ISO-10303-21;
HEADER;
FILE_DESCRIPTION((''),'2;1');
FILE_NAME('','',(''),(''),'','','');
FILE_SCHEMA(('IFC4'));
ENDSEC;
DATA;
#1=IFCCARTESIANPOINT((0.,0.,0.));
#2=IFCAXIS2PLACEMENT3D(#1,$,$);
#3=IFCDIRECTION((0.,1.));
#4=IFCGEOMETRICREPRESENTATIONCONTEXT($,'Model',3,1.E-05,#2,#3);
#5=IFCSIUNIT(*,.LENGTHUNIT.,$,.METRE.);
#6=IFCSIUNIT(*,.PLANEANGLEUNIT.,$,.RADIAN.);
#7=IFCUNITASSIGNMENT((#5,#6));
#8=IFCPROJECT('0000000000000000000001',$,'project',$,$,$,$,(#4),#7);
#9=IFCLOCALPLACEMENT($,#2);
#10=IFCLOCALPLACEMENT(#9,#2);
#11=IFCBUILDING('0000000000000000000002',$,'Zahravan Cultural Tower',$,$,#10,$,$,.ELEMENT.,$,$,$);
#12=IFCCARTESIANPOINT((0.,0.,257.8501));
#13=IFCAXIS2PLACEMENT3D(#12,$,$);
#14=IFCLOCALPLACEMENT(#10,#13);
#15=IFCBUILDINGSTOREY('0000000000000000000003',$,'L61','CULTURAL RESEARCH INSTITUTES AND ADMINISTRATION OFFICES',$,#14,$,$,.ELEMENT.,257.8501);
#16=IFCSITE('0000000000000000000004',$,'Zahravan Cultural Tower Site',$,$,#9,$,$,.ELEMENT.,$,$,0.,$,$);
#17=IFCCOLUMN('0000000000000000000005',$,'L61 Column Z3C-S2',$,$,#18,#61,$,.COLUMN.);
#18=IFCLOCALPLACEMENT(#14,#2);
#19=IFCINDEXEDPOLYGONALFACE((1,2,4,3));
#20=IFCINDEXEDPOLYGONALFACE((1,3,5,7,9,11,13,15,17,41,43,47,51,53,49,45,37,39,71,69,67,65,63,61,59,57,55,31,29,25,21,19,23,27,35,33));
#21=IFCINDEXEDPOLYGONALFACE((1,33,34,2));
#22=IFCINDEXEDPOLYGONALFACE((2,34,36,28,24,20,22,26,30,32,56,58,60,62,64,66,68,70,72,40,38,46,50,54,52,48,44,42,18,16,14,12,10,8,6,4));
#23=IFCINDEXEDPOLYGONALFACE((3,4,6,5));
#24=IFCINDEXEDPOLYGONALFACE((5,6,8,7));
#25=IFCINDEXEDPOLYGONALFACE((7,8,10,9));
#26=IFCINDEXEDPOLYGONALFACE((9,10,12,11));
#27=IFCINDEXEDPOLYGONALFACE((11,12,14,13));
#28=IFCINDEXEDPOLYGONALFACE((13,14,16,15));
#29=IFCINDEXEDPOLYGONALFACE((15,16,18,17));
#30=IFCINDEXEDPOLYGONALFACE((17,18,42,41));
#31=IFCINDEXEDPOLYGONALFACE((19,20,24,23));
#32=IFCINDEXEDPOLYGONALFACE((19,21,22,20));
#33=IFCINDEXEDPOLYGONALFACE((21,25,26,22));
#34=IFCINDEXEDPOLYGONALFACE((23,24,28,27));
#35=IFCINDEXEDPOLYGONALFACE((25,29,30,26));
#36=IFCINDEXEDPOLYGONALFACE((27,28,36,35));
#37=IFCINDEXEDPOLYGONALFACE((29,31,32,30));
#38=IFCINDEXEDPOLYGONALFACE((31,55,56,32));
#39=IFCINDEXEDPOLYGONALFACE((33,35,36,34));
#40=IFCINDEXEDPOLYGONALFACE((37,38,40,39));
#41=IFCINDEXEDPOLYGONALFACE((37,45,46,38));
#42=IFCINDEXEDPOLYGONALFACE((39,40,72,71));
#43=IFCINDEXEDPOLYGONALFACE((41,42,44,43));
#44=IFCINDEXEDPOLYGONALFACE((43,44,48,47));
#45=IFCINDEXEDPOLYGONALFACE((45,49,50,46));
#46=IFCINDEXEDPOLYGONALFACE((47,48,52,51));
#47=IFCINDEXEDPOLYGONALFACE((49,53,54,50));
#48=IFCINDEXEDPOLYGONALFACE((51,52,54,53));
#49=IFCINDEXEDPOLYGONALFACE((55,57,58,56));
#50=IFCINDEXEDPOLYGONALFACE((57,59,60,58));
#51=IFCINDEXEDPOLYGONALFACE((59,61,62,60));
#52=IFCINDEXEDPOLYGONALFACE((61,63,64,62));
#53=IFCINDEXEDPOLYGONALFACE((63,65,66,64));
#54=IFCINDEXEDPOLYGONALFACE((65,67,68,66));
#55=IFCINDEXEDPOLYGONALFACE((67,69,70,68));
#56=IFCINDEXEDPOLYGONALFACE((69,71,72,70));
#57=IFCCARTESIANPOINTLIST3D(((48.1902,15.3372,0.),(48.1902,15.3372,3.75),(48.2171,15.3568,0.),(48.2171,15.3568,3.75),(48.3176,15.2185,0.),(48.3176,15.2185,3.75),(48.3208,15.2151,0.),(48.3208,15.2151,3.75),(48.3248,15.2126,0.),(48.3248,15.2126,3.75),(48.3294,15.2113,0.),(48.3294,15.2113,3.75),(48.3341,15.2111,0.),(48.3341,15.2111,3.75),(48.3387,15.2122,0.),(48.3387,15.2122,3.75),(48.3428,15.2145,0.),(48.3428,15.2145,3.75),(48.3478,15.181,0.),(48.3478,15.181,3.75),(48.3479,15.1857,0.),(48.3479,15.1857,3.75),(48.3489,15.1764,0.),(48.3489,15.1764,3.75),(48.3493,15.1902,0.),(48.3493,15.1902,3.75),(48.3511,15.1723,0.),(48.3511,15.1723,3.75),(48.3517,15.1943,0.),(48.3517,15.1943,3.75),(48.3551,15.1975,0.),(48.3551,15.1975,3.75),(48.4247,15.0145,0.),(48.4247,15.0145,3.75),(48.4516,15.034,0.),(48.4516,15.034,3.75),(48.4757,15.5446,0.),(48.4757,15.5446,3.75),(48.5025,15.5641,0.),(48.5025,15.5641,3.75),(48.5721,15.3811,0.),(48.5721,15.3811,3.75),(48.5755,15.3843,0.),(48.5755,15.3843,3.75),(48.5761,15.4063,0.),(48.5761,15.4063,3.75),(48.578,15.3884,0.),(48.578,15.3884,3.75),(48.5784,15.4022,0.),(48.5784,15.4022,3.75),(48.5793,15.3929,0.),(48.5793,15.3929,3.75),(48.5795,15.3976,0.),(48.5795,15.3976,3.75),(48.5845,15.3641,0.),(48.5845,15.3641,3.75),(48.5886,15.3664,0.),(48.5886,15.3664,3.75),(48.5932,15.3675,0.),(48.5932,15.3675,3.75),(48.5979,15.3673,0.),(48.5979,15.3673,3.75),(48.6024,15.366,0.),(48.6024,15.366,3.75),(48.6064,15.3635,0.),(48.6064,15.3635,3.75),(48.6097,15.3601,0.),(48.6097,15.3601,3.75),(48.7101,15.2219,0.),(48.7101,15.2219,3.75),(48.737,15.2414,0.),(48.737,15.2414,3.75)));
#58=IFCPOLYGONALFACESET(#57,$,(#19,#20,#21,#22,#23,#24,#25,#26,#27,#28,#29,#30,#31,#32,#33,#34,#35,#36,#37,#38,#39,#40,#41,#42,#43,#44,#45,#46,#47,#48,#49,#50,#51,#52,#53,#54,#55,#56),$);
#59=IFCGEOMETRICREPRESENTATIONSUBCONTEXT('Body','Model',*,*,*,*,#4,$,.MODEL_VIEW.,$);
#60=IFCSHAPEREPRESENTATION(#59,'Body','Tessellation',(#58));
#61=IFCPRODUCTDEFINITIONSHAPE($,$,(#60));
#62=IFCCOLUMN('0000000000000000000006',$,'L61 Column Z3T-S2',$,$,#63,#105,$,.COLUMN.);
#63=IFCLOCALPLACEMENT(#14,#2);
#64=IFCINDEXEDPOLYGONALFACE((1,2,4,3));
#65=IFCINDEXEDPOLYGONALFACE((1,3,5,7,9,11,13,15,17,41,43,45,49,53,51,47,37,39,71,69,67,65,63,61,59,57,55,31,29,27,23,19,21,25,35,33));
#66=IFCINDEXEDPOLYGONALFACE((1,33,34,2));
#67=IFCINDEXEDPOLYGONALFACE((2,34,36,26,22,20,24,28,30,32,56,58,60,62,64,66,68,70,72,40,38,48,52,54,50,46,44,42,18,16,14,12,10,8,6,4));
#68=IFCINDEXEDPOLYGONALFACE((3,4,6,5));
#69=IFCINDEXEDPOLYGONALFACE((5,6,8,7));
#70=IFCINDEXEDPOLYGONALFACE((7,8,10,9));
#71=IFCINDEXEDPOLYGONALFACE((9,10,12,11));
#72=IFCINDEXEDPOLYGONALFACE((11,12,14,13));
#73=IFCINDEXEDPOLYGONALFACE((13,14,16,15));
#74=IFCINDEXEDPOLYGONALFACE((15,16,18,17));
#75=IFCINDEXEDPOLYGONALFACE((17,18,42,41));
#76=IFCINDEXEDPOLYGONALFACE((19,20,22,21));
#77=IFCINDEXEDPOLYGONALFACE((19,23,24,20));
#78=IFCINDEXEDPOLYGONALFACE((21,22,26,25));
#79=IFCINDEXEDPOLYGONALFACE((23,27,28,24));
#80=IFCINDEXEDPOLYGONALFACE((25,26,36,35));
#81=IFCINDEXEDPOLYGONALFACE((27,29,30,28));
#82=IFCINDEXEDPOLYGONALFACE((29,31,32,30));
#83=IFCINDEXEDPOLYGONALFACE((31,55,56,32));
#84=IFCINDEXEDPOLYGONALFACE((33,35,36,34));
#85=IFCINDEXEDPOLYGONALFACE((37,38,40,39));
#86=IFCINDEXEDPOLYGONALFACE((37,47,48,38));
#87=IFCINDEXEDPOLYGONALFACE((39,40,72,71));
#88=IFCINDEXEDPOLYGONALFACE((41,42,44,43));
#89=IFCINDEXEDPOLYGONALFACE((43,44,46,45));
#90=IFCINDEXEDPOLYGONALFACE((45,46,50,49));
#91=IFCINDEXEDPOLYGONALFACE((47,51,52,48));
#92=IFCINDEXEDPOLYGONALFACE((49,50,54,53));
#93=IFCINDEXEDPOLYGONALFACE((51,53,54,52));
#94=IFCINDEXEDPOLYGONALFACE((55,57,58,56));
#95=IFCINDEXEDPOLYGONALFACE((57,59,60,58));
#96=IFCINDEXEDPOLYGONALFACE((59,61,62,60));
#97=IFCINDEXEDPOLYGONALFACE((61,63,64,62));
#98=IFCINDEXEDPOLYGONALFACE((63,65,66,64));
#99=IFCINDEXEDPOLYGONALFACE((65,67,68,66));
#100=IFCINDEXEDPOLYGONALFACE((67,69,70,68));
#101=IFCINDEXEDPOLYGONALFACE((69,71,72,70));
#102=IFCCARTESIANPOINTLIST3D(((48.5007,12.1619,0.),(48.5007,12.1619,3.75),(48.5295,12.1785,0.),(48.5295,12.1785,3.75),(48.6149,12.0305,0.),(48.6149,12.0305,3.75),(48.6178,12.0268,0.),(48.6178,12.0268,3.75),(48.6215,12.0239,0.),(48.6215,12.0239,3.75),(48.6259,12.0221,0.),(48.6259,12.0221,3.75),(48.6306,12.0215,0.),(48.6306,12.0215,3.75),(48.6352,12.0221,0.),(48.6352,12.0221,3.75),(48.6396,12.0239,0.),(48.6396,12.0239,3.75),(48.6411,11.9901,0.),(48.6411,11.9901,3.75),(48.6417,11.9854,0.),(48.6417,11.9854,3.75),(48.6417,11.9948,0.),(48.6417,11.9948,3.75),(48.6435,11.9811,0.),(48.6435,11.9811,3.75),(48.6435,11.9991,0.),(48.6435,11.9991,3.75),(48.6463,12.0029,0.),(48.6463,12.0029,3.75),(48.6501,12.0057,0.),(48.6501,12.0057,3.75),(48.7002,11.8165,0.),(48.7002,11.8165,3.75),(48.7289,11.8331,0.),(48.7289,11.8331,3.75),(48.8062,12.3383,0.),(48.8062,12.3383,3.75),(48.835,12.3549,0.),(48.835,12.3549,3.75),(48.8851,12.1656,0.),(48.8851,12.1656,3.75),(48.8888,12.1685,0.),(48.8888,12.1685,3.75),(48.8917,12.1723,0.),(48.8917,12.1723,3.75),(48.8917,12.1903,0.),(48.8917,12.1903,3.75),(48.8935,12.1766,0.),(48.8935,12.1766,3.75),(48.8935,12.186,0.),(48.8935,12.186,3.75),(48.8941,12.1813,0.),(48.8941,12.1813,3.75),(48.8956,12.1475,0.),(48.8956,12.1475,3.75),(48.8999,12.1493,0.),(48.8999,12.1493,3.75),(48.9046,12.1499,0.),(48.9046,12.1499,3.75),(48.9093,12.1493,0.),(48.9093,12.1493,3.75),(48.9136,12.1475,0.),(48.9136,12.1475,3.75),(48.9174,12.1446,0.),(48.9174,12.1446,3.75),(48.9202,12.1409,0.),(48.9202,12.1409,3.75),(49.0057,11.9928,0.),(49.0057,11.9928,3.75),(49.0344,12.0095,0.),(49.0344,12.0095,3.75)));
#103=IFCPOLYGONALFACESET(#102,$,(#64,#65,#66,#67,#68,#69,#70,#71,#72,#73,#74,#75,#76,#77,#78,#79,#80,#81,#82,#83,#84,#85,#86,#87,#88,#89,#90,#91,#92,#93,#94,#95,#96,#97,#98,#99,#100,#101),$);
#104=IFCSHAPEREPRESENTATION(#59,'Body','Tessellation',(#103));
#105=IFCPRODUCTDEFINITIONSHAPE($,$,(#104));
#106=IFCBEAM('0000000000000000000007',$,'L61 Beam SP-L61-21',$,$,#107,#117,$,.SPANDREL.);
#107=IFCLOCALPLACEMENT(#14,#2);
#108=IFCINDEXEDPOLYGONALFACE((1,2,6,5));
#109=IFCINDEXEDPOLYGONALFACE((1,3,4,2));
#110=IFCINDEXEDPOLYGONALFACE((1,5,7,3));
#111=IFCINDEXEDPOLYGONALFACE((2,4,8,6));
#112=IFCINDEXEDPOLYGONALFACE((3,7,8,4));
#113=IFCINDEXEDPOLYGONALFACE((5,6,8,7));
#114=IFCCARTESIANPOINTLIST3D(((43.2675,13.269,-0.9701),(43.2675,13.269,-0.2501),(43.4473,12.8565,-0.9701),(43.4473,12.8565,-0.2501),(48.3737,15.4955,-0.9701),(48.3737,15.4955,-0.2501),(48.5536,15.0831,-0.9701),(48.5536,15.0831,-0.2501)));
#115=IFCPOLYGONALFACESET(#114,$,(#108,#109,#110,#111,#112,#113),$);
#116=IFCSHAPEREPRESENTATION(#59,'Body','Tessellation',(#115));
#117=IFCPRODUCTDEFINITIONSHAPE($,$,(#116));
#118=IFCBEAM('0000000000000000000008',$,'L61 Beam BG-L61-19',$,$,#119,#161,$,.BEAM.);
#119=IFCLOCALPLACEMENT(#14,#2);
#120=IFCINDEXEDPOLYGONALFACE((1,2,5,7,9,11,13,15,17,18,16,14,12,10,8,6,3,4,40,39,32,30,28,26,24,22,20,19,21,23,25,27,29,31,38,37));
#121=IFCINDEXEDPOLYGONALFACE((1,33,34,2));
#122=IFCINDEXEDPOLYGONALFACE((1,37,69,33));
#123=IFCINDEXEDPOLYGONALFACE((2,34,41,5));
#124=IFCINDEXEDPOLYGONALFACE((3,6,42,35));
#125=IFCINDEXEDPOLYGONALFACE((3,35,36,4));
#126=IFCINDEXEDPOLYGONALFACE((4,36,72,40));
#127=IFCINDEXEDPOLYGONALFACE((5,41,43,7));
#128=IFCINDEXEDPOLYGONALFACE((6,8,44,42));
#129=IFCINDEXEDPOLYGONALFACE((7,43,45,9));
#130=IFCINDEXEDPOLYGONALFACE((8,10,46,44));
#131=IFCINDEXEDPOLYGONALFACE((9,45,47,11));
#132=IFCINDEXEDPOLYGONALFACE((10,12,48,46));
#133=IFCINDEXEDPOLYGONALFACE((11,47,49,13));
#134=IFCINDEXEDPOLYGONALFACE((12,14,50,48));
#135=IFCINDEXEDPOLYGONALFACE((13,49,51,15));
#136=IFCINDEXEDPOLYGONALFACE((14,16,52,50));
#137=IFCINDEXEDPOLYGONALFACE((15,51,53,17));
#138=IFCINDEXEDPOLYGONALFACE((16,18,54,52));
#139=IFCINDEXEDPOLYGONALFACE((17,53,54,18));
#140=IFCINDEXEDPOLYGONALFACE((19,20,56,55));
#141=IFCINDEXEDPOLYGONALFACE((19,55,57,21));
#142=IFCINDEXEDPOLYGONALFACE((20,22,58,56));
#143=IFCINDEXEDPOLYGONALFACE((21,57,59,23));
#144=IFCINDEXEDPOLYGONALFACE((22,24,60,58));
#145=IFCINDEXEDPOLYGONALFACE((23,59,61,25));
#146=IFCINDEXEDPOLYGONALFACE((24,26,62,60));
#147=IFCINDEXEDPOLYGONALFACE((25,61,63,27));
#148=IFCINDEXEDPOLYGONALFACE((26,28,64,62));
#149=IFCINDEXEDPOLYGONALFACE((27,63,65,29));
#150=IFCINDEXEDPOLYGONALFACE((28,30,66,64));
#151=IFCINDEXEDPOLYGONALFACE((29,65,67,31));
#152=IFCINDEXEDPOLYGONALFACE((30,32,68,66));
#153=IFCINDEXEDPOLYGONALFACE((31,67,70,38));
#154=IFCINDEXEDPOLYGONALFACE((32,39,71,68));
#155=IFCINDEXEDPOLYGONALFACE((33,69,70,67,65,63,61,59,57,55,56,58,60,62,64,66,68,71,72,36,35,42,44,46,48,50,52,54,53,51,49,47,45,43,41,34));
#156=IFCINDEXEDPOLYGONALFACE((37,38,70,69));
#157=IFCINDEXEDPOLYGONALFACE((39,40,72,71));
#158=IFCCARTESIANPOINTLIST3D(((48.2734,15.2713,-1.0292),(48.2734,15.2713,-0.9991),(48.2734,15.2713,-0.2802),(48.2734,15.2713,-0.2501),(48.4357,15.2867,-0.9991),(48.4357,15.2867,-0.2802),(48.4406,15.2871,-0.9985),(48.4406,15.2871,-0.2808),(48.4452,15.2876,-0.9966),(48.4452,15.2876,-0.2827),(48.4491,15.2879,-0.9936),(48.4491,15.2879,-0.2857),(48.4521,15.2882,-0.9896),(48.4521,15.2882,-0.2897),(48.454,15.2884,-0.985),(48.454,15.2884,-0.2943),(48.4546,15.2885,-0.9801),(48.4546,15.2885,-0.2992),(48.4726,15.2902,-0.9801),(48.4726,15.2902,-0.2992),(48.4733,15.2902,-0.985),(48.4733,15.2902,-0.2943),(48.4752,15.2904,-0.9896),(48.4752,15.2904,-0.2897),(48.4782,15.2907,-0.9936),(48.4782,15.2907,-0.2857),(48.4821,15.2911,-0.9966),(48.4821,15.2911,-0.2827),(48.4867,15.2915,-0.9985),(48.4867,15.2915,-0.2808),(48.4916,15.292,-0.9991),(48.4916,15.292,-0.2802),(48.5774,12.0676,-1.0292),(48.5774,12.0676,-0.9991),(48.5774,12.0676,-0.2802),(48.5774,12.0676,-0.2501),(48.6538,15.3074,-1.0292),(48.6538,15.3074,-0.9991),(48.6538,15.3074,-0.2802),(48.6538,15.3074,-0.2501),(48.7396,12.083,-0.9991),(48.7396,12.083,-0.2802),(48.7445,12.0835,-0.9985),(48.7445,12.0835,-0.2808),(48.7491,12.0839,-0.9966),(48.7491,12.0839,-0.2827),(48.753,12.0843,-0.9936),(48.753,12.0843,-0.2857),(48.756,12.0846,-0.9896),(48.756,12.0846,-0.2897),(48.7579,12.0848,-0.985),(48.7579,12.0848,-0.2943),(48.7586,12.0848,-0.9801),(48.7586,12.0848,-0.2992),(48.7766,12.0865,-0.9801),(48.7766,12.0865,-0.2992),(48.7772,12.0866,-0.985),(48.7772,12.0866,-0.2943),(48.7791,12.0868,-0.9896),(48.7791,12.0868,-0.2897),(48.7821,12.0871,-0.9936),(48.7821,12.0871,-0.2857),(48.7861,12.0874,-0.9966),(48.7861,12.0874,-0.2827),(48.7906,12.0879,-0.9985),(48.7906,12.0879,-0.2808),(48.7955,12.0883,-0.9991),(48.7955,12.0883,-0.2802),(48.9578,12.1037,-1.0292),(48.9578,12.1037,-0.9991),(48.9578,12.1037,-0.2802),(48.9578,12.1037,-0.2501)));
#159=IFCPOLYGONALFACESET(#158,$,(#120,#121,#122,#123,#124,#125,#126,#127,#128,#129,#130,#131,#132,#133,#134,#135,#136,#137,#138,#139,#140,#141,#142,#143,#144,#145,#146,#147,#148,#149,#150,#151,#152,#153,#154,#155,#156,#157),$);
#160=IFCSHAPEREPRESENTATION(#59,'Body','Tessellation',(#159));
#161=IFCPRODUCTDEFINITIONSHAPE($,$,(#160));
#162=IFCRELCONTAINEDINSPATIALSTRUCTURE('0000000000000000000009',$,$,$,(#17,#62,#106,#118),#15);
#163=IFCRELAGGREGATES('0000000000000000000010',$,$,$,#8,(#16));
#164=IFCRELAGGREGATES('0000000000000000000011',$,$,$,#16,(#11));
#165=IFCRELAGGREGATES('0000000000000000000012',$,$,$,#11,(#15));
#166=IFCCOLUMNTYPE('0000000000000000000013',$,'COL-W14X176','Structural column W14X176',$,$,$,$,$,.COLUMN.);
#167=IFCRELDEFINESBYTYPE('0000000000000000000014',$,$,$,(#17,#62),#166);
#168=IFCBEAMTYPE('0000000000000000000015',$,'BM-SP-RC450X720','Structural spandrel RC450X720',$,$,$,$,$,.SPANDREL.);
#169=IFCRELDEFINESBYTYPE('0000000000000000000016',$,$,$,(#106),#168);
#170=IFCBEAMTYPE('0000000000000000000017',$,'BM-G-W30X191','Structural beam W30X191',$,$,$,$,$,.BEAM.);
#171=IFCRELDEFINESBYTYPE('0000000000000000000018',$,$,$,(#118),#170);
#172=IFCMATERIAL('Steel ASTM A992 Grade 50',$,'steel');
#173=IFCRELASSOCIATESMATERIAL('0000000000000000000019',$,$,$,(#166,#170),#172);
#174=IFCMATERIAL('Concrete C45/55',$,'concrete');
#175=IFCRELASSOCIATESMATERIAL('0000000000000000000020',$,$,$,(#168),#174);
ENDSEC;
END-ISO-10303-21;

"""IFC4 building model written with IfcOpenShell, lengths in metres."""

from ifc_helpers import new_model, si_unit, direction, frame, origin, origin_2d, place, context, subcontext, project, spatial, rectangle, i_section, extrude, source, transform, mapped, material, material_profile, profile_set, type_object, element, save


model = new_model("IFC4")

# Units and contexts
model_context = context("Model", 3, precision=1e-05, world=origin(), true_north=direction((0.0, 1.0)))
body_context = subcontext(model_context, "Body", "Model", "MODEL_VIEW")
ifc_project = project(units=[si_unit("LENGTHUNIT", "METRE"), si_unit("PLANEANGLEUNIT", "RADIAN")], contexts=[model_context])

# Site, building, storey
site_placement = place(None, origin())
site = spatial("IfcSite", under=ifc_project, at=site_placement, Name="Zahravan Cultural Tower Site", CompositionType="ELEMENT", RefElevation=0.0)
building_placement = place(site_placement, origin())
building = spatial("IfcBuilding", under=site, at=building_placement, Name="Zahravan Cultural Tower", CompositionType="ELEMENT")
storey_placement = place(building_placement, frame((0.0, 0.0, 257.8501)))
storey = spatial("IfcBuildingStorey", under=building, at=storey_placement, Name="L61", Description="CULTURAL RESEARCH INSTITUTES AND ADMINISTRATION OFFICES", CompositionType="ELEMENT", Elevation=257.8501)

# Columns
ifc_material_1 = material(Name="Steel ASTM A992 Grade 50", Category="steel")
ifc_material_profile_1 = material_profile(ifc_material_1, i_section(OverallWidth=0.3989, OverallDepth=0.386, WebThickness=0.021, FlangeThickness=0.0332, FilletRadius=0.0181, at=origin_2d()), Name="W14X176")
ifc_profile_set_1 = profile_set([ifc_material_profile_1], Name="Steel ASTM A992 Grade 50")
column_type = type_object("IfcColumnType", Name="COL-W14X176", Description="Structural column W14X176", PredefinedType="COLUMN", material=ifc_profile_set_1)
shared_shape_1 = source(origin(), body_context, "Body", "SweptSolid", [
    extrude(i_section(OverallWidth=0.3989, OverallDepth=0.386, WebThickness=0.021, FlangeThickness=0.0332, FilletRadius=0.0181, at=origin_2d()), origin(), (0.0, 0.0, 1.0), 3.75),
])
for number, where, z_axis, x_axis, name in (
    (1, (48.4636, 15.2893, 0.0), (0.0, 0.0, 1.0), (-0.587785, 0.809017, 0.0), "L61 Column Z3C-S2"),
    (2, (48.7676, 12.0857, 0.0), (0.0, 0.0, 1.0), (-0.5, 0.866025, 0.0), "L61 Column Z3T-S2"),
):
    element("IfcColumn", number, at=place(storey_placement, frame(where, z_axis=z_axis, x_axis=x_axis)), inside=storey, type_object=column_type, Name=name, PredefinedType="COLUMN", context=body_context, shape_type="MappedRepresentation", body=[
        mapped(shared_shape_1, transform((0.0, 0.0, 0.0), x_axis=(1.0, 0.0, 0.0), y_axis=(0.0, 1.0, 0.0), z_axis=(0.0, 0.0, 1.0), scale=1.0)),
    ])

# Beams
ifc_material_2 = material(Name="Concrete C45/55", Category="concrete")
ifc_material_profile_2 = material_profile(ifc_material_2, rectangle(XDim=0.45, YDim=0.72, at=origin_2d()), Name="RC450X720")
ifc_profile_set_2 = profile_set([ifc_material_profile_2], Name="Concrete C45/55")
beam_type_1 = type_object("IfcBeamType", Name="BM-SP-RC450X720", Description="Structural spandrel RC450X720", PredefinedType="SPANDREL", material=ifc_profile_set_2)
shared_shape_2 = source(origin(), body_context, "Body", "SweptSolid", [
    extrude(rectangle(XDim=0.45, YDim=0.72, at=origin_2d()), origin(), (0.0, 0.0, 1.0), 5.5706),
])
beam_1_placement = place(storey_placement, frame((43.3574, 13.0627, -0.6101), z_axis=(0.916645, 0.399703, 0.0), x_axis=(-0.399703, 0.916645, 0.0)))
element("IfcBeam", 3, at=beam_1_placement, inside=storey, type_object=beam_type_1, Name="L61 Beam SP-L61-21", PredefinedType="SPANDREL", context=body_context, shape_type="MappedRepresentation", body=[
    mapped(shared_shape_2, transform((0.0, 0.0, 0.0), x_axis=(1.0, 0.0, 0.0), y_axis=(0.0, 1.0, 0.0), z_axis=(0.0, 0.0, 1.0), scale=1.0)),
])
ifc_material_profile_3 = material_profile(ifc_material_1, i_section(OverallWidth=0.3821, OverallDepth=0.7791, WebThickness=0.0181, FlangeThickness=0.03, FilletRadius=0.019, at=origin_2d()), Name="W30X191")
ifc_profile_set_3 = profile_set([ifc_material_profile_3], Name="Steel ASTM A992 Grade 50")
beam_type_2 = type_object("IfcBeamType", Name="BM-G-W30X191", Description="Structural beam W30X191", PredefinedType="BEAM", material=ifc_profile_set_3)
shared_shape_3 = source(origin(), body_context, "Body", "SweptSolid", [
    extrude(i_section(OverallWidth=0.3821, OverallDepth=0.7791, WebThickness=0.0181, FlangeThickness=0.03, FilletRadius=0.019, at=origin_2d()), origin(), (0.0, 0.0, 1.0), 3.218),
])
beam_2_placement = place(storey_placement, frame((48.4636, 15.2893, -0.6396), z_axis=(0.094455, -0.995529, 0.0), x_axis=(0.995529, 0.094455, 0.0)))
element("IfcBeam", 4, at=beam_2_placement, inside=storey, type_object=beam_type_2, Name="L61 Beam BG-L61-19", PredefinedType="BEAM", context=body_context, shape_type="MappedRepresentation", body=[
    mapped(shared_shape_3, transform((0.0, 0.0, 0.0), x_axis=(1.0, 0.0, 0.0), y_axis=(0.0, 1.0, 0.0), z_axis=(0.0, 0.0, 1.0), scale=1.0)),
])

save(model, "model.ifc")
